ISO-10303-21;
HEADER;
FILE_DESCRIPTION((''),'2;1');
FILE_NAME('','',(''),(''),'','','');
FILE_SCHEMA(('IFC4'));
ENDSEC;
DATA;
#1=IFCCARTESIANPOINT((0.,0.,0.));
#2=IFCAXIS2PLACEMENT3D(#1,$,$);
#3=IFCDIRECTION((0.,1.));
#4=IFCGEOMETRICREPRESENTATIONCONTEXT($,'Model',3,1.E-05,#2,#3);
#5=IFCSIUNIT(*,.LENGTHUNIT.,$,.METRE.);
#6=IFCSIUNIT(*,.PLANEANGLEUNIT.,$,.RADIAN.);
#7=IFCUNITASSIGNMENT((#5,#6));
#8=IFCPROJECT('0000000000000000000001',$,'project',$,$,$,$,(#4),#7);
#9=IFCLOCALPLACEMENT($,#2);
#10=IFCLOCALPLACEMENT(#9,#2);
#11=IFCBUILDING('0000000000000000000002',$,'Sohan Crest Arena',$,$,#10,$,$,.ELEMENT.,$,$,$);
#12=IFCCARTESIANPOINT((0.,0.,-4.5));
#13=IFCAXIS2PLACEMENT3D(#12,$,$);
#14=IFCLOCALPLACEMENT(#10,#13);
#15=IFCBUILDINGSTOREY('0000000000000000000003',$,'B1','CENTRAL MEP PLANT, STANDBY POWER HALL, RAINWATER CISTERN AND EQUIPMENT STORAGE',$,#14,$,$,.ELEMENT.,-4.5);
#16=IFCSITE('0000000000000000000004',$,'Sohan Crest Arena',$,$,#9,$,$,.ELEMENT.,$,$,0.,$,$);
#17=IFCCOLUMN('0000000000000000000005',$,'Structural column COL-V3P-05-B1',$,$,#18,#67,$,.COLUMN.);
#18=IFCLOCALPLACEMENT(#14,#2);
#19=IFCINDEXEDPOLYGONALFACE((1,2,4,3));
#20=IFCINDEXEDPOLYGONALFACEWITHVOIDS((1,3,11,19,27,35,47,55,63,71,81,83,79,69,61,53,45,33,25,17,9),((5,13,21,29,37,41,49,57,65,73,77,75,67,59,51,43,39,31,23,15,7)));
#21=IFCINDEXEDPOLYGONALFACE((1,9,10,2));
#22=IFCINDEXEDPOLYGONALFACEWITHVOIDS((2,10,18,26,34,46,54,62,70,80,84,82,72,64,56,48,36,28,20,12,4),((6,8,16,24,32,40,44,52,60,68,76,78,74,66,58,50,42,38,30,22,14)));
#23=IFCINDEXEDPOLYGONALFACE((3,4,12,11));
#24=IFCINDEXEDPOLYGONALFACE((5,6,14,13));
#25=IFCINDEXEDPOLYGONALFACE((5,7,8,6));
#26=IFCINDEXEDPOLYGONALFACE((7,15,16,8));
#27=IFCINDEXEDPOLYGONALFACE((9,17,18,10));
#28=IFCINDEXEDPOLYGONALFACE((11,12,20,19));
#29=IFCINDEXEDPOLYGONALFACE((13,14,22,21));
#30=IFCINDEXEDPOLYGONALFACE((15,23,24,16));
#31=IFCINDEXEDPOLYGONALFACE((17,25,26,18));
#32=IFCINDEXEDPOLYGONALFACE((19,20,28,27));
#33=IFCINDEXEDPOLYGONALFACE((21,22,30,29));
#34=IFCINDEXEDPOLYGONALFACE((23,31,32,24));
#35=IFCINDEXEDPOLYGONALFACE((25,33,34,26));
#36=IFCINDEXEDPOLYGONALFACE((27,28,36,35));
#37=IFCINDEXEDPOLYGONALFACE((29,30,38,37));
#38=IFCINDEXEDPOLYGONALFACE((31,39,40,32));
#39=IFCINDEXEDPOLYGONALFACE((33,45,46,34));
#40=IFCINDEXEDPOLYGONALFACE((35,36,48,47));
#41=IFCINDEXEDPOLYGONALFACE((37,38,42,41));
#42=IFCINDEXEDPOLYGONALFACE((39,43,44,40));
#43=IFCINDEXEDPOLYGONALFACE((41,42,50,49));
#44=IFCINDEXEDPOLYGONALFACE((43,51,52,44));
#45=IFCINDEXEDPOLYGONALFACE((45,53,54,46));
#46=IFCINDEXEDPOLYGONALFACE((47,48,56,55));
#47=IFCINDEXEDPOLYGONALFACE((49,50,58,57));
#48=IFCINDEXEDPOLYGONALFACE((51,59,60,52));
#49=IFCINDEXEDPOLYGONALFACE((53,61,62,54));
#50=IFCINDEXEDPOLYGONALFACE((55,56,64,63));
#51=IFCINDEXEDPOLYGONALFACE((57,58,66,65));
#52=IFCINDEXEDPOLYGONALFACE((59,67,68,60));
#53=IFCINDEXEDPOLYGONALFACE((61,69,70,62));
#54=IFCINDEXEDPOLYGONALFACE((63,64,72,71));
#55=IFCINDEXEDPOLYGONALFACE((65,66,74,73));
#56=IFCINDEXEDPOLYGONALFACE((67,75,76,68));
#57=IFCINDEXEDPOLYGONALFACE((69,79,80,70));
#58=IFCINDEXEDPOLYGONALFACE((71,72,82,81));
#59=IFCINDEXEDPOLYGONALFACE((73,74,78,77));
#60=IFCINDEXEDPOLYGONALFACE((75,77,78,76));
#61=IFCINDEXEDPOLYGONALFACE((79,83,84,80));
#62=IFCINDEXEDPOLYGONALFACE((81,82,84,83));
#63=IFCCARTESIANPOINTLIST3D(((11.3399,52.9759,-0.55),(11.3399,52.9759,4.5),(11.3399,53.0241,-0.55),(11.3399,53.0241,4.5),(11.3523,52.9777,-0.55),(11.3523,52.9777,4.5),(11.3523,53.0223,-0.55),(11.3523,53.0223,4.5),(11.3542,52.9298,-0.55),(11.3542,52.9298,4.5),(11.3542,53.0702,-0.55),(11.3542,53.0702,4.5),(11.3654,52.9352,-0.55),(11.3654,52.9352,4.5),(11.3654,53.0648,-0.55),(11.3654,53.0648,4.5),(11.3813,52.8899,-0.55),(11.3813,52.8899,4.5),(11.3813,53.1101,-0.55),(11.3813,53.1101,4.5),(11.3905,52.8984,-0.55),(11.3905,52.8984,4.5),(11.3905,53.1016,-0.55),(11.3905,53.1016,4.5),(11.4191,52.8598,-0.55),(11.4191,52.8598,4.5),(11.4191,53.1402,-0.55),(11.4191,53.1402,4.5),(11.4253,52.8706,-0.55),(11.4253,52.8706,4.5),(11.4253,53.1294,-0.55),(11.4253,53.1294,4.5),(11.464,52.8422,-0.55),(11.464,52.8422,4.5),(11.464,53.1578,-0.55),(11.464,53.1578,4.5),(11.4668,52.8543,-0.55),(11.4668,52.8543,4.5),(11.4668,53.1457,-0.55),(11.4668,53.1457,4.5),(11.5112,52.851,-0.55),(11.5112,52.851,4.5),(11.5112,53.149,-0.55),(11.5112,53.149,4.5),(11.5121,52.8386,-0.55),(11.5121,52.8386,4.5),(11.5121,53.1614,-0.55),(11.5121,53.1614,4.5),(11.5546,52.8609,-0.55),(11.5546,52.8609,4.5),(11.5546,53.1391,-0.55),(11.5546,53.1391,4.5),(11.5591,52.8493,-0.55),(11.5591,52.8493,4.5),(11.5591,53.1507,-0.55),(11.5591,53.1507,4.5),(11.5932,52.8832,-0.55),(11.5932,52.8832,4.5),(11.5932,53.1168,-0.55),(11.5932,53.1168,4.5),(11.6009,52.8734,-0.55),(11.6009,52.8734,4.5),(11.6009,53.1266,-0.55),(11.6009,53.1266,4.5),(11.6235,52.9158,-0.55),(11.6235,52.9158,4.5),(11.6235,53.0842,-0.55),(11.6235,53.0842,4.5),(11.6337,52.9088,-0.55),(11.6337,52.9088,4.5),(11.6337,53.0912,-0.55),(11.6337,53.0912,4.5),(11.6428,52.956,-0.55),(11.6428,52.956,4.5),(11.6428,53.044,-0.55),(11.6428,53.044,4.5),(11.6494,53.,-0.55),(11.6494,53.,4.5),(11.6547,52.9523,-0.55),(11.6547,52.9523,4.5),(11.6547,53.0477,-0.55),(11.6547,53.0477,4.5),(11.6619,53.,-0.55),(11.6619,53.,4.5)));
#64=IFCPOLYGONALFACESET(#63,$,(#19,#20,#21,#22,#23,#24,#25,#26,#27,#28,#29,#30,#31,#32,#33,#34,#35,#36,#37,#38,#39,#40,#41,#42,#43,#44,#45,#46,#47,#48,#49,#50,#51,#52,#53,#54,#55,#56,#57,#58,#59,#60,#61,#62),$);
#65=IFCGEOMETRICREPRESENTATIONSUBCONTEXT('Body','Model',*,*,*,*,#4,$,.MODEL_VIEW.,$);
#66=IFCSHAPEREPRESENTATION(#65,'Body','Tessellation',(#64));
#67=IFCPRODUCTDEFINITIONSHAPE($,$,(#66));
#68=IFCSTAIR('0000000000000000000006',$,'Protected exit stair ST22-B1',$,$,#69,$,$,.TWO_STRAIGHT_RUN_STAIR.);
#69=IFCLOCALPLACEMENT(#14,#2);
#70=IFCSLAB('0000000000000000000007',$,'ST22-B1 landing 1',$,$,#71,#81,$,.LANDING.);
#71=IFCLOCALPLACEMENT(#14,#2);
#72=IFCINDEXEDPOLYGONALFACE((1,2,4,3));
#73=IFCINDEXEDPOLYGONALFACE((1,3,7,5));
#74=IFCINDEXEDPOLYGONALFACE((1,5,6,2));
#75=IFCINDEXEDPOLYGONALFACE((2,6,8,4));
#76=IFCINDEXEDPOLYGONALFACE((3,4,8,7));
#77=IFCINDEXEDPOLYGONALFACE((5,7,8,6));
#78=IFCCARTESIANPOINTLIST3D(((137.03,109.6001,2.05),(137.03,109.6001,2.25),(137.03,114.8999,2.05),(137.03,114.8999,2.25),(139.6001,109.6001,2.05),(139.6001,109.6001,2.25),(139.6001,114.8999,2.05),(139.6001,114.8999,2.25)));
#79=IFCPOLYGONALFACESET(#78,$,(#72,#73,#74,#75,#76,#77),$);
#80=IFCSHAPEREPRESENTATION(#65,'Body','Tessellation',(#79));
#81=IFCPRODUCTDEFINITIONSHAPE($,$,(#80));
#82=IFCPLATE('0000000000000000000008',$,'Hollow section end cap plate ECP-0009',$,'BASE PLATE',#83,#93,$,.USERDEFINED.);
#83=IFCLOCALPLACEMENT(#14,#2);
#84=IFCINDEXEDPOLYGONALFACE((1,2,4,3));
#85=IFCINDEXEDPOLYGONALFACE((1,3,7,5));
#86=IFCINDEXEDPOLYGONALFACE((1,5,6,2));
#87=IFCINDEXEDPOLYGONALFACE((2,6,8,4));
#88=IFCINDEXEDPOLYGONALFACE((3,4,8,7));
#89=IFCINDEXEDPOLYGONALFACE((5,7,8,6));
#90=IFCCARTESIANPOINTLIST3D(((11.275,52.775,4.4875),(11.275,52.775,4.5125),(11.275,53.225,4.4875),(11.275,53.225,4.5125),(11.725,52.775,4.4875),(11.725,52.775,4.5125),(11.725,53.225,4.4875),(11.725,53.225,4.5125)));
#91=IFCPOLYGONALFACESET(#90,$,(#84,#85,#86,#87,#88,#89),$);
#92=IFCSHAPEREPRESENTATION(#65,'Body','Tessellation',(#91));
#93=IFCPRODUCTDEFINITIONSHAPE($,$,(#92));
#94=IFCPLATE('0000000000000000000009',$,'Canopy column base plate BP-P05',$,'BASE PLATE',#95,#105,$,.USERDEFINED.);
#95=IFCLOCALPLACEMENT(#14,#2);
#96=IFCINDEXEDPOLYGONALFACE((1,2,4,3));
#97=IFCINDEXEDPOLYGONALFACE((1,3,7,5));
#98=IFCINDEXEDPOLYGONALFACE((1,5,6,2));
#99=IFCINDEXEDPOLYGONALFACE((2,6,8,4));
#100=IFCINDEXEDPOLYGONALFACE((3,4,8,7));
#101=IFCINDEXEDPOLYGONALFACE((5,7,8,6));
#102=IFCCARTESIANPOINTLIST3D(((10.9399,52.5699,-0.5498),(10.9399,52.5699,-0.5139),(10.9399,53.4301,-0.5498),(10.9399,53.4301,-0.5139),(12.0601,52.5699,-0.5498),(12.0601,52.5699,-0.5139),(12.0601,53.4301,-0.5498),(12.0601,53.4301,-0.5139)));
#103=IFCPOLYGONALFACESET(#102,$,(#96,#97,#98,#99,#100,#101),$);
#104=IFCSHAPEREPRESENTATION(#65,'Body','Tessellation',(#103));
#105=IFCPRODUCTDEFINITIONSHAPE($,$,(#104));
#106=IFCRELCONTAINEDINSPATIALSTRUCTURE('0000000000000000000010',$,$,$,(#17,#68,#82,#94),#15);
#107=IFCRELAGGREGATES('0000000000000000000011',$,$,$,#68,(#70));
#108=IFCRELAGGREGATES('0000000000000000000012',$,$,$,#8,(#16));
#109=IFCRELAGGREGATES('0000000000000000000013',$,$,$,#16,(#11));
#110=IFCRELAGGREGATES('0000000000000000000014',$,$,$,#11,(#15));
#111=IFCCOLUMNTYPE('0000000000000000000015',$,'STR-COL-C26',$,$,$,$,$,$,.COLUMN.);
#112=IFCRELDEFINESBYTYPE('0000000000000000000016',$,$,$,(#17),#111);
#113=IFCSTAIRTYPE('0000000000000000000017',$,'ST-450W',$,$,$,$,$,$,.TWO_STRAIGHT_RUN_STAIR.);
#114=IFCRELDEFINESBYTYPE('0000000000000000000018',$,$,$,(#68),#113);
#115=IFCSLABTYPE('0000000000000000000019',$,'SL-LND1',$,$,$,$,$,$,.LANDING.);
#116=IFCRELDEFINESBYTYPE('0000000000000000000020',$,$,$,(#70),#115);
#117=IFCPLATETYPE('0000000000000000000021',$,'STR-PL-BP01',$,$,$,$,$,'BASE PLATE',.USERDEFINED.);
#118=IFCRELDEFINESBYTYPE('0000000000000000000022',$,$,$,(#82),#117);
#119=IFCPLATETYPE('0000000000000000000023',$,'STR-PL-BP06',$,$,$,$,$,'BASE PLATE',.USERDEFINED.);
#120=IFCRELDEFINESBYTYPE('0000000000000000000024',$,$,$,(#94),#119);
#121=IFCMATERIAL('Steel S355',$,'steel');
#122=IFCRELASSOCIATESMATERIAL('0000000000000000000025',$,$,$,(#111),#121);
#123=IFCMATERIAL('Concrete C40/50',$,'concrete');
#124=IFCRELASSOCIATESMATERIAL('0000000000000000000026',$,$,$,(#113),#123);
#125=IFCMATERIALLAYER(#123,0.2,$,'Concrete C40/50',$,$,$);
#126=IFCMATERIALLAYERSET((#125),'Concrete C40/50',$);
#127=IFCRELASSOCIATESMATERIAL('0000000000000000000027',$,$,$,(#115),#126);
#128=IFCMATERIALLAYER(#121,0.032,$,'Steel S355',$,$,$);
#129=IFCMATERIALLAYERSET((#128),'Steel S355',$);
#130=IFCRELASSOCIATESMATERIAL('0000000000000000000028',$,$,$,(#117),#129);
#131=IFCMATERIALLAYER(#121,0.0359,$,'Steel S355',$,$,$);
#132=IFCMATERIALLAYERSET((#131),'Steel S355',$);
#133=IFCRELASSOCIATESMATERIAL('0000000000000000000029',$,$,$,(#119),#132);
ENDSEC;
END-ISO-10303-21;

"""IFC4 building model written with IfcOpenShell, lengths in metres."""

from ifc_helpers import new_model, si_unit, direction, frame, origin, origin_2d, place, context, subcontext, project, spatial, polyline, rectangle, hollow_circle, outline, extrude, material, layer, layer_set, material_profile, profile_set, type_object, element, aggregate, save


model = new_model("IFC4")

# Units and contexts
model_context = context("Model", 3, precision=1e-05, world=origin(), true_north=direction((0.0, 1.0)))
body_context = subcontext(model_context, "Body", "Model", "MODEL_VIEW")
ifc_project = project(units=[si_unit("LENGTHUNIT", "METRE"), si_unit("PLANEANGLEUNIT", "RADIAN")], contexts=[model_context])

# Site, building, storey
site_placement = place(None, origin())
site = spatial("IfcSite", under=ifc_project, at=site_placement, Name="Sohan Crest Arena", CompositionType="ELEMENT", RefElevation=0.0)
building_placement = place(site_placement, origin())
building = spatial("IfcBuilding", under=site, at=building_placement, Name="Sohan Crest Arena", CompositionType="ELEMENT")
storey_placement = place(building_placement, frame((0.0, 0.0, -4.5)))
storey = spatial("IfcBuildingStorey", under=building, at=storey_placement, Name="B1", Description="CENTRAL MEP PLANT, STANDBY POWER HALL, RAINWATER CISTERN AND EQUIPMENT STORAGE", CompositionType="ELEMENT", Elevation=-4.5)

# Shared definitions
ifc_material_1 = material(Name="Concrete C40/50", Category="concrete")

# Column
ifc_material_2 = material(Name="Steel S355", Category="steel")
ifc_material_profile_1 = material_profile(ifc_material_2, hollow_circle(Radius=0.1619, WallThickness=0.0125, at=origin_2d()), Name="CHS 323.9x12.5")
ifc_profile_set_1 = profile_set([ifc_material_profile_1], Name="Steel S355")
column_type_1 = type_object("IfcColumnType", Name="STR-COL-C26", PredefinedType="COLUMN", material=ifc_profile_set_1)
column_1_placement = place(storey_placement, frame((11.5, 53.0, -0.55), z_axis=(0.0, 0.0, 1.0), x_axis=(1.0, 0.0, 0.0)))
element("IfcColumn", 1, at=column_1_placement, inside=storey, type_object=column_type_1, Name="Structural column COL-V3P-05-B1", PredefinedType="COLUMN", context=body_context, shape_type="SweptSolid", body=[
    extrude(hollow_circle(Radius=0.1619, WallThickness=0.0125, at=origin_2d()), origin(), (0.0, 0.0, 1.0), 5.05),
])

# Stair, slab
stair_type = type_object("IfcStairType", Name="ST-450W", PredefinedType="TWO_STRAIGHT_RUN_STAIR", material=ifc_material_1)
stair_placement = place(storey_placement, origin())
stair = element("IfcStair", 2, at=stair_placement, inside=storey, type_object=stair_type, Name="Protected exit stair ST22-B1", PredefinedType="TWO_STRAIGHT_RUN_STAIR")
ifc_layer_1 = layer(ifc_material_1, 0.2, Name="Concrete C40/50")
ifc_layer_set_1 = layer_set([ifc_layer_1], Name="Concrete C40/50")
slab_type = type_object("IfcSlabType", Name="SL-LND1", PredefinedType="LANDING", material=ifc_layer_set_1)
slab_placement = place(storey_placement, frame((0.0, 0.0, 2.05)))
slab = element("IfcSlab", 3, at=slab_placement, type_object=slab_type, Name="ST22-B1 landing 1", PredefinedType="LANDING", context=body_context, shape_type="SweptSolid", body=[
    extrude(outline(polyline([(137.03, 109.6001), (139.6001, 109.6001), (139.6001, 114.8999), (137.03, 114.8999), (137.03, 109.6001)])), origin(), (0.0, 0.0, 1.0), 0.2),
])
aggregate(stair, [slab])

# Plates
ifc_layer_2 = layer(ifc_material_2, 0.032, Name="Steel S355")
ifc_layer_set_2 = layer_set([ifc_layer_2], Name="Steel S355")
plate_type_1 = type_object("IfcPlateType", Name="STR-PL-BP01", ElementType="BASE PLATE", PredefinedType="USERDEFINED", material=ifc_layer_set_2)
plate_1_placement = place(storey_placement, frame((11.5, 53.0, 4.4875), z_axis=(0.0, 0.0, 1.0), x_axis=(1.0, 0.0, 0.0)))
element("IfcPlate", 4, at=plate_1_placement, inside=storey, type_object=plate_type_1, Name="Hollow section end cap plate ECP-0009", ObjectType="BASE PLATE", PredefinedType="USERDEFINED", context=body_context, shape_type="SweptSolid", body=[
    extrude(rectangle(XDim=0.45, YDim=0.45, at=origin_2d()), origin(), (0.0, 0.0, 1.0), 0.0249),
])
ifc_layer_3 = layer(ifc_material_2, 0.0359, Name="Steel S355")
ifc_layer_set_3 = layer_set([ifc_layer_3], Name="Steel S355")
plate_type_2 = type_object("IfcPlateType", Name="STR-PL-BP06", ElementType="BASE PLATE", PredefinedType="USERDEFINED", material=ifc_layer_set_3)
plate_2_placement = place(storey_placement, frame((11.5, 53.0, -0.5498), z_axis=(0.0, 0.0, 1.0), x_axis=(1.0, 0.0, 0.0)))
element("IfcPlate", 5, at=plate_2_placement, inside=storey, type_object=plate_type_2, Name="Canopy column base plate BP-P05", ObjectType="BASE PLATE", PredefinedType="USERDEFINED", context=body_context, shape_type="SweptSolid", body=[
    extrude(rectangle(XDim=1.1201, YDim=0.8601, at=origin_2d()), origin(), (0.0, 0.0, 1.0), 0.0359),
])

save(model, "model.ifc")
